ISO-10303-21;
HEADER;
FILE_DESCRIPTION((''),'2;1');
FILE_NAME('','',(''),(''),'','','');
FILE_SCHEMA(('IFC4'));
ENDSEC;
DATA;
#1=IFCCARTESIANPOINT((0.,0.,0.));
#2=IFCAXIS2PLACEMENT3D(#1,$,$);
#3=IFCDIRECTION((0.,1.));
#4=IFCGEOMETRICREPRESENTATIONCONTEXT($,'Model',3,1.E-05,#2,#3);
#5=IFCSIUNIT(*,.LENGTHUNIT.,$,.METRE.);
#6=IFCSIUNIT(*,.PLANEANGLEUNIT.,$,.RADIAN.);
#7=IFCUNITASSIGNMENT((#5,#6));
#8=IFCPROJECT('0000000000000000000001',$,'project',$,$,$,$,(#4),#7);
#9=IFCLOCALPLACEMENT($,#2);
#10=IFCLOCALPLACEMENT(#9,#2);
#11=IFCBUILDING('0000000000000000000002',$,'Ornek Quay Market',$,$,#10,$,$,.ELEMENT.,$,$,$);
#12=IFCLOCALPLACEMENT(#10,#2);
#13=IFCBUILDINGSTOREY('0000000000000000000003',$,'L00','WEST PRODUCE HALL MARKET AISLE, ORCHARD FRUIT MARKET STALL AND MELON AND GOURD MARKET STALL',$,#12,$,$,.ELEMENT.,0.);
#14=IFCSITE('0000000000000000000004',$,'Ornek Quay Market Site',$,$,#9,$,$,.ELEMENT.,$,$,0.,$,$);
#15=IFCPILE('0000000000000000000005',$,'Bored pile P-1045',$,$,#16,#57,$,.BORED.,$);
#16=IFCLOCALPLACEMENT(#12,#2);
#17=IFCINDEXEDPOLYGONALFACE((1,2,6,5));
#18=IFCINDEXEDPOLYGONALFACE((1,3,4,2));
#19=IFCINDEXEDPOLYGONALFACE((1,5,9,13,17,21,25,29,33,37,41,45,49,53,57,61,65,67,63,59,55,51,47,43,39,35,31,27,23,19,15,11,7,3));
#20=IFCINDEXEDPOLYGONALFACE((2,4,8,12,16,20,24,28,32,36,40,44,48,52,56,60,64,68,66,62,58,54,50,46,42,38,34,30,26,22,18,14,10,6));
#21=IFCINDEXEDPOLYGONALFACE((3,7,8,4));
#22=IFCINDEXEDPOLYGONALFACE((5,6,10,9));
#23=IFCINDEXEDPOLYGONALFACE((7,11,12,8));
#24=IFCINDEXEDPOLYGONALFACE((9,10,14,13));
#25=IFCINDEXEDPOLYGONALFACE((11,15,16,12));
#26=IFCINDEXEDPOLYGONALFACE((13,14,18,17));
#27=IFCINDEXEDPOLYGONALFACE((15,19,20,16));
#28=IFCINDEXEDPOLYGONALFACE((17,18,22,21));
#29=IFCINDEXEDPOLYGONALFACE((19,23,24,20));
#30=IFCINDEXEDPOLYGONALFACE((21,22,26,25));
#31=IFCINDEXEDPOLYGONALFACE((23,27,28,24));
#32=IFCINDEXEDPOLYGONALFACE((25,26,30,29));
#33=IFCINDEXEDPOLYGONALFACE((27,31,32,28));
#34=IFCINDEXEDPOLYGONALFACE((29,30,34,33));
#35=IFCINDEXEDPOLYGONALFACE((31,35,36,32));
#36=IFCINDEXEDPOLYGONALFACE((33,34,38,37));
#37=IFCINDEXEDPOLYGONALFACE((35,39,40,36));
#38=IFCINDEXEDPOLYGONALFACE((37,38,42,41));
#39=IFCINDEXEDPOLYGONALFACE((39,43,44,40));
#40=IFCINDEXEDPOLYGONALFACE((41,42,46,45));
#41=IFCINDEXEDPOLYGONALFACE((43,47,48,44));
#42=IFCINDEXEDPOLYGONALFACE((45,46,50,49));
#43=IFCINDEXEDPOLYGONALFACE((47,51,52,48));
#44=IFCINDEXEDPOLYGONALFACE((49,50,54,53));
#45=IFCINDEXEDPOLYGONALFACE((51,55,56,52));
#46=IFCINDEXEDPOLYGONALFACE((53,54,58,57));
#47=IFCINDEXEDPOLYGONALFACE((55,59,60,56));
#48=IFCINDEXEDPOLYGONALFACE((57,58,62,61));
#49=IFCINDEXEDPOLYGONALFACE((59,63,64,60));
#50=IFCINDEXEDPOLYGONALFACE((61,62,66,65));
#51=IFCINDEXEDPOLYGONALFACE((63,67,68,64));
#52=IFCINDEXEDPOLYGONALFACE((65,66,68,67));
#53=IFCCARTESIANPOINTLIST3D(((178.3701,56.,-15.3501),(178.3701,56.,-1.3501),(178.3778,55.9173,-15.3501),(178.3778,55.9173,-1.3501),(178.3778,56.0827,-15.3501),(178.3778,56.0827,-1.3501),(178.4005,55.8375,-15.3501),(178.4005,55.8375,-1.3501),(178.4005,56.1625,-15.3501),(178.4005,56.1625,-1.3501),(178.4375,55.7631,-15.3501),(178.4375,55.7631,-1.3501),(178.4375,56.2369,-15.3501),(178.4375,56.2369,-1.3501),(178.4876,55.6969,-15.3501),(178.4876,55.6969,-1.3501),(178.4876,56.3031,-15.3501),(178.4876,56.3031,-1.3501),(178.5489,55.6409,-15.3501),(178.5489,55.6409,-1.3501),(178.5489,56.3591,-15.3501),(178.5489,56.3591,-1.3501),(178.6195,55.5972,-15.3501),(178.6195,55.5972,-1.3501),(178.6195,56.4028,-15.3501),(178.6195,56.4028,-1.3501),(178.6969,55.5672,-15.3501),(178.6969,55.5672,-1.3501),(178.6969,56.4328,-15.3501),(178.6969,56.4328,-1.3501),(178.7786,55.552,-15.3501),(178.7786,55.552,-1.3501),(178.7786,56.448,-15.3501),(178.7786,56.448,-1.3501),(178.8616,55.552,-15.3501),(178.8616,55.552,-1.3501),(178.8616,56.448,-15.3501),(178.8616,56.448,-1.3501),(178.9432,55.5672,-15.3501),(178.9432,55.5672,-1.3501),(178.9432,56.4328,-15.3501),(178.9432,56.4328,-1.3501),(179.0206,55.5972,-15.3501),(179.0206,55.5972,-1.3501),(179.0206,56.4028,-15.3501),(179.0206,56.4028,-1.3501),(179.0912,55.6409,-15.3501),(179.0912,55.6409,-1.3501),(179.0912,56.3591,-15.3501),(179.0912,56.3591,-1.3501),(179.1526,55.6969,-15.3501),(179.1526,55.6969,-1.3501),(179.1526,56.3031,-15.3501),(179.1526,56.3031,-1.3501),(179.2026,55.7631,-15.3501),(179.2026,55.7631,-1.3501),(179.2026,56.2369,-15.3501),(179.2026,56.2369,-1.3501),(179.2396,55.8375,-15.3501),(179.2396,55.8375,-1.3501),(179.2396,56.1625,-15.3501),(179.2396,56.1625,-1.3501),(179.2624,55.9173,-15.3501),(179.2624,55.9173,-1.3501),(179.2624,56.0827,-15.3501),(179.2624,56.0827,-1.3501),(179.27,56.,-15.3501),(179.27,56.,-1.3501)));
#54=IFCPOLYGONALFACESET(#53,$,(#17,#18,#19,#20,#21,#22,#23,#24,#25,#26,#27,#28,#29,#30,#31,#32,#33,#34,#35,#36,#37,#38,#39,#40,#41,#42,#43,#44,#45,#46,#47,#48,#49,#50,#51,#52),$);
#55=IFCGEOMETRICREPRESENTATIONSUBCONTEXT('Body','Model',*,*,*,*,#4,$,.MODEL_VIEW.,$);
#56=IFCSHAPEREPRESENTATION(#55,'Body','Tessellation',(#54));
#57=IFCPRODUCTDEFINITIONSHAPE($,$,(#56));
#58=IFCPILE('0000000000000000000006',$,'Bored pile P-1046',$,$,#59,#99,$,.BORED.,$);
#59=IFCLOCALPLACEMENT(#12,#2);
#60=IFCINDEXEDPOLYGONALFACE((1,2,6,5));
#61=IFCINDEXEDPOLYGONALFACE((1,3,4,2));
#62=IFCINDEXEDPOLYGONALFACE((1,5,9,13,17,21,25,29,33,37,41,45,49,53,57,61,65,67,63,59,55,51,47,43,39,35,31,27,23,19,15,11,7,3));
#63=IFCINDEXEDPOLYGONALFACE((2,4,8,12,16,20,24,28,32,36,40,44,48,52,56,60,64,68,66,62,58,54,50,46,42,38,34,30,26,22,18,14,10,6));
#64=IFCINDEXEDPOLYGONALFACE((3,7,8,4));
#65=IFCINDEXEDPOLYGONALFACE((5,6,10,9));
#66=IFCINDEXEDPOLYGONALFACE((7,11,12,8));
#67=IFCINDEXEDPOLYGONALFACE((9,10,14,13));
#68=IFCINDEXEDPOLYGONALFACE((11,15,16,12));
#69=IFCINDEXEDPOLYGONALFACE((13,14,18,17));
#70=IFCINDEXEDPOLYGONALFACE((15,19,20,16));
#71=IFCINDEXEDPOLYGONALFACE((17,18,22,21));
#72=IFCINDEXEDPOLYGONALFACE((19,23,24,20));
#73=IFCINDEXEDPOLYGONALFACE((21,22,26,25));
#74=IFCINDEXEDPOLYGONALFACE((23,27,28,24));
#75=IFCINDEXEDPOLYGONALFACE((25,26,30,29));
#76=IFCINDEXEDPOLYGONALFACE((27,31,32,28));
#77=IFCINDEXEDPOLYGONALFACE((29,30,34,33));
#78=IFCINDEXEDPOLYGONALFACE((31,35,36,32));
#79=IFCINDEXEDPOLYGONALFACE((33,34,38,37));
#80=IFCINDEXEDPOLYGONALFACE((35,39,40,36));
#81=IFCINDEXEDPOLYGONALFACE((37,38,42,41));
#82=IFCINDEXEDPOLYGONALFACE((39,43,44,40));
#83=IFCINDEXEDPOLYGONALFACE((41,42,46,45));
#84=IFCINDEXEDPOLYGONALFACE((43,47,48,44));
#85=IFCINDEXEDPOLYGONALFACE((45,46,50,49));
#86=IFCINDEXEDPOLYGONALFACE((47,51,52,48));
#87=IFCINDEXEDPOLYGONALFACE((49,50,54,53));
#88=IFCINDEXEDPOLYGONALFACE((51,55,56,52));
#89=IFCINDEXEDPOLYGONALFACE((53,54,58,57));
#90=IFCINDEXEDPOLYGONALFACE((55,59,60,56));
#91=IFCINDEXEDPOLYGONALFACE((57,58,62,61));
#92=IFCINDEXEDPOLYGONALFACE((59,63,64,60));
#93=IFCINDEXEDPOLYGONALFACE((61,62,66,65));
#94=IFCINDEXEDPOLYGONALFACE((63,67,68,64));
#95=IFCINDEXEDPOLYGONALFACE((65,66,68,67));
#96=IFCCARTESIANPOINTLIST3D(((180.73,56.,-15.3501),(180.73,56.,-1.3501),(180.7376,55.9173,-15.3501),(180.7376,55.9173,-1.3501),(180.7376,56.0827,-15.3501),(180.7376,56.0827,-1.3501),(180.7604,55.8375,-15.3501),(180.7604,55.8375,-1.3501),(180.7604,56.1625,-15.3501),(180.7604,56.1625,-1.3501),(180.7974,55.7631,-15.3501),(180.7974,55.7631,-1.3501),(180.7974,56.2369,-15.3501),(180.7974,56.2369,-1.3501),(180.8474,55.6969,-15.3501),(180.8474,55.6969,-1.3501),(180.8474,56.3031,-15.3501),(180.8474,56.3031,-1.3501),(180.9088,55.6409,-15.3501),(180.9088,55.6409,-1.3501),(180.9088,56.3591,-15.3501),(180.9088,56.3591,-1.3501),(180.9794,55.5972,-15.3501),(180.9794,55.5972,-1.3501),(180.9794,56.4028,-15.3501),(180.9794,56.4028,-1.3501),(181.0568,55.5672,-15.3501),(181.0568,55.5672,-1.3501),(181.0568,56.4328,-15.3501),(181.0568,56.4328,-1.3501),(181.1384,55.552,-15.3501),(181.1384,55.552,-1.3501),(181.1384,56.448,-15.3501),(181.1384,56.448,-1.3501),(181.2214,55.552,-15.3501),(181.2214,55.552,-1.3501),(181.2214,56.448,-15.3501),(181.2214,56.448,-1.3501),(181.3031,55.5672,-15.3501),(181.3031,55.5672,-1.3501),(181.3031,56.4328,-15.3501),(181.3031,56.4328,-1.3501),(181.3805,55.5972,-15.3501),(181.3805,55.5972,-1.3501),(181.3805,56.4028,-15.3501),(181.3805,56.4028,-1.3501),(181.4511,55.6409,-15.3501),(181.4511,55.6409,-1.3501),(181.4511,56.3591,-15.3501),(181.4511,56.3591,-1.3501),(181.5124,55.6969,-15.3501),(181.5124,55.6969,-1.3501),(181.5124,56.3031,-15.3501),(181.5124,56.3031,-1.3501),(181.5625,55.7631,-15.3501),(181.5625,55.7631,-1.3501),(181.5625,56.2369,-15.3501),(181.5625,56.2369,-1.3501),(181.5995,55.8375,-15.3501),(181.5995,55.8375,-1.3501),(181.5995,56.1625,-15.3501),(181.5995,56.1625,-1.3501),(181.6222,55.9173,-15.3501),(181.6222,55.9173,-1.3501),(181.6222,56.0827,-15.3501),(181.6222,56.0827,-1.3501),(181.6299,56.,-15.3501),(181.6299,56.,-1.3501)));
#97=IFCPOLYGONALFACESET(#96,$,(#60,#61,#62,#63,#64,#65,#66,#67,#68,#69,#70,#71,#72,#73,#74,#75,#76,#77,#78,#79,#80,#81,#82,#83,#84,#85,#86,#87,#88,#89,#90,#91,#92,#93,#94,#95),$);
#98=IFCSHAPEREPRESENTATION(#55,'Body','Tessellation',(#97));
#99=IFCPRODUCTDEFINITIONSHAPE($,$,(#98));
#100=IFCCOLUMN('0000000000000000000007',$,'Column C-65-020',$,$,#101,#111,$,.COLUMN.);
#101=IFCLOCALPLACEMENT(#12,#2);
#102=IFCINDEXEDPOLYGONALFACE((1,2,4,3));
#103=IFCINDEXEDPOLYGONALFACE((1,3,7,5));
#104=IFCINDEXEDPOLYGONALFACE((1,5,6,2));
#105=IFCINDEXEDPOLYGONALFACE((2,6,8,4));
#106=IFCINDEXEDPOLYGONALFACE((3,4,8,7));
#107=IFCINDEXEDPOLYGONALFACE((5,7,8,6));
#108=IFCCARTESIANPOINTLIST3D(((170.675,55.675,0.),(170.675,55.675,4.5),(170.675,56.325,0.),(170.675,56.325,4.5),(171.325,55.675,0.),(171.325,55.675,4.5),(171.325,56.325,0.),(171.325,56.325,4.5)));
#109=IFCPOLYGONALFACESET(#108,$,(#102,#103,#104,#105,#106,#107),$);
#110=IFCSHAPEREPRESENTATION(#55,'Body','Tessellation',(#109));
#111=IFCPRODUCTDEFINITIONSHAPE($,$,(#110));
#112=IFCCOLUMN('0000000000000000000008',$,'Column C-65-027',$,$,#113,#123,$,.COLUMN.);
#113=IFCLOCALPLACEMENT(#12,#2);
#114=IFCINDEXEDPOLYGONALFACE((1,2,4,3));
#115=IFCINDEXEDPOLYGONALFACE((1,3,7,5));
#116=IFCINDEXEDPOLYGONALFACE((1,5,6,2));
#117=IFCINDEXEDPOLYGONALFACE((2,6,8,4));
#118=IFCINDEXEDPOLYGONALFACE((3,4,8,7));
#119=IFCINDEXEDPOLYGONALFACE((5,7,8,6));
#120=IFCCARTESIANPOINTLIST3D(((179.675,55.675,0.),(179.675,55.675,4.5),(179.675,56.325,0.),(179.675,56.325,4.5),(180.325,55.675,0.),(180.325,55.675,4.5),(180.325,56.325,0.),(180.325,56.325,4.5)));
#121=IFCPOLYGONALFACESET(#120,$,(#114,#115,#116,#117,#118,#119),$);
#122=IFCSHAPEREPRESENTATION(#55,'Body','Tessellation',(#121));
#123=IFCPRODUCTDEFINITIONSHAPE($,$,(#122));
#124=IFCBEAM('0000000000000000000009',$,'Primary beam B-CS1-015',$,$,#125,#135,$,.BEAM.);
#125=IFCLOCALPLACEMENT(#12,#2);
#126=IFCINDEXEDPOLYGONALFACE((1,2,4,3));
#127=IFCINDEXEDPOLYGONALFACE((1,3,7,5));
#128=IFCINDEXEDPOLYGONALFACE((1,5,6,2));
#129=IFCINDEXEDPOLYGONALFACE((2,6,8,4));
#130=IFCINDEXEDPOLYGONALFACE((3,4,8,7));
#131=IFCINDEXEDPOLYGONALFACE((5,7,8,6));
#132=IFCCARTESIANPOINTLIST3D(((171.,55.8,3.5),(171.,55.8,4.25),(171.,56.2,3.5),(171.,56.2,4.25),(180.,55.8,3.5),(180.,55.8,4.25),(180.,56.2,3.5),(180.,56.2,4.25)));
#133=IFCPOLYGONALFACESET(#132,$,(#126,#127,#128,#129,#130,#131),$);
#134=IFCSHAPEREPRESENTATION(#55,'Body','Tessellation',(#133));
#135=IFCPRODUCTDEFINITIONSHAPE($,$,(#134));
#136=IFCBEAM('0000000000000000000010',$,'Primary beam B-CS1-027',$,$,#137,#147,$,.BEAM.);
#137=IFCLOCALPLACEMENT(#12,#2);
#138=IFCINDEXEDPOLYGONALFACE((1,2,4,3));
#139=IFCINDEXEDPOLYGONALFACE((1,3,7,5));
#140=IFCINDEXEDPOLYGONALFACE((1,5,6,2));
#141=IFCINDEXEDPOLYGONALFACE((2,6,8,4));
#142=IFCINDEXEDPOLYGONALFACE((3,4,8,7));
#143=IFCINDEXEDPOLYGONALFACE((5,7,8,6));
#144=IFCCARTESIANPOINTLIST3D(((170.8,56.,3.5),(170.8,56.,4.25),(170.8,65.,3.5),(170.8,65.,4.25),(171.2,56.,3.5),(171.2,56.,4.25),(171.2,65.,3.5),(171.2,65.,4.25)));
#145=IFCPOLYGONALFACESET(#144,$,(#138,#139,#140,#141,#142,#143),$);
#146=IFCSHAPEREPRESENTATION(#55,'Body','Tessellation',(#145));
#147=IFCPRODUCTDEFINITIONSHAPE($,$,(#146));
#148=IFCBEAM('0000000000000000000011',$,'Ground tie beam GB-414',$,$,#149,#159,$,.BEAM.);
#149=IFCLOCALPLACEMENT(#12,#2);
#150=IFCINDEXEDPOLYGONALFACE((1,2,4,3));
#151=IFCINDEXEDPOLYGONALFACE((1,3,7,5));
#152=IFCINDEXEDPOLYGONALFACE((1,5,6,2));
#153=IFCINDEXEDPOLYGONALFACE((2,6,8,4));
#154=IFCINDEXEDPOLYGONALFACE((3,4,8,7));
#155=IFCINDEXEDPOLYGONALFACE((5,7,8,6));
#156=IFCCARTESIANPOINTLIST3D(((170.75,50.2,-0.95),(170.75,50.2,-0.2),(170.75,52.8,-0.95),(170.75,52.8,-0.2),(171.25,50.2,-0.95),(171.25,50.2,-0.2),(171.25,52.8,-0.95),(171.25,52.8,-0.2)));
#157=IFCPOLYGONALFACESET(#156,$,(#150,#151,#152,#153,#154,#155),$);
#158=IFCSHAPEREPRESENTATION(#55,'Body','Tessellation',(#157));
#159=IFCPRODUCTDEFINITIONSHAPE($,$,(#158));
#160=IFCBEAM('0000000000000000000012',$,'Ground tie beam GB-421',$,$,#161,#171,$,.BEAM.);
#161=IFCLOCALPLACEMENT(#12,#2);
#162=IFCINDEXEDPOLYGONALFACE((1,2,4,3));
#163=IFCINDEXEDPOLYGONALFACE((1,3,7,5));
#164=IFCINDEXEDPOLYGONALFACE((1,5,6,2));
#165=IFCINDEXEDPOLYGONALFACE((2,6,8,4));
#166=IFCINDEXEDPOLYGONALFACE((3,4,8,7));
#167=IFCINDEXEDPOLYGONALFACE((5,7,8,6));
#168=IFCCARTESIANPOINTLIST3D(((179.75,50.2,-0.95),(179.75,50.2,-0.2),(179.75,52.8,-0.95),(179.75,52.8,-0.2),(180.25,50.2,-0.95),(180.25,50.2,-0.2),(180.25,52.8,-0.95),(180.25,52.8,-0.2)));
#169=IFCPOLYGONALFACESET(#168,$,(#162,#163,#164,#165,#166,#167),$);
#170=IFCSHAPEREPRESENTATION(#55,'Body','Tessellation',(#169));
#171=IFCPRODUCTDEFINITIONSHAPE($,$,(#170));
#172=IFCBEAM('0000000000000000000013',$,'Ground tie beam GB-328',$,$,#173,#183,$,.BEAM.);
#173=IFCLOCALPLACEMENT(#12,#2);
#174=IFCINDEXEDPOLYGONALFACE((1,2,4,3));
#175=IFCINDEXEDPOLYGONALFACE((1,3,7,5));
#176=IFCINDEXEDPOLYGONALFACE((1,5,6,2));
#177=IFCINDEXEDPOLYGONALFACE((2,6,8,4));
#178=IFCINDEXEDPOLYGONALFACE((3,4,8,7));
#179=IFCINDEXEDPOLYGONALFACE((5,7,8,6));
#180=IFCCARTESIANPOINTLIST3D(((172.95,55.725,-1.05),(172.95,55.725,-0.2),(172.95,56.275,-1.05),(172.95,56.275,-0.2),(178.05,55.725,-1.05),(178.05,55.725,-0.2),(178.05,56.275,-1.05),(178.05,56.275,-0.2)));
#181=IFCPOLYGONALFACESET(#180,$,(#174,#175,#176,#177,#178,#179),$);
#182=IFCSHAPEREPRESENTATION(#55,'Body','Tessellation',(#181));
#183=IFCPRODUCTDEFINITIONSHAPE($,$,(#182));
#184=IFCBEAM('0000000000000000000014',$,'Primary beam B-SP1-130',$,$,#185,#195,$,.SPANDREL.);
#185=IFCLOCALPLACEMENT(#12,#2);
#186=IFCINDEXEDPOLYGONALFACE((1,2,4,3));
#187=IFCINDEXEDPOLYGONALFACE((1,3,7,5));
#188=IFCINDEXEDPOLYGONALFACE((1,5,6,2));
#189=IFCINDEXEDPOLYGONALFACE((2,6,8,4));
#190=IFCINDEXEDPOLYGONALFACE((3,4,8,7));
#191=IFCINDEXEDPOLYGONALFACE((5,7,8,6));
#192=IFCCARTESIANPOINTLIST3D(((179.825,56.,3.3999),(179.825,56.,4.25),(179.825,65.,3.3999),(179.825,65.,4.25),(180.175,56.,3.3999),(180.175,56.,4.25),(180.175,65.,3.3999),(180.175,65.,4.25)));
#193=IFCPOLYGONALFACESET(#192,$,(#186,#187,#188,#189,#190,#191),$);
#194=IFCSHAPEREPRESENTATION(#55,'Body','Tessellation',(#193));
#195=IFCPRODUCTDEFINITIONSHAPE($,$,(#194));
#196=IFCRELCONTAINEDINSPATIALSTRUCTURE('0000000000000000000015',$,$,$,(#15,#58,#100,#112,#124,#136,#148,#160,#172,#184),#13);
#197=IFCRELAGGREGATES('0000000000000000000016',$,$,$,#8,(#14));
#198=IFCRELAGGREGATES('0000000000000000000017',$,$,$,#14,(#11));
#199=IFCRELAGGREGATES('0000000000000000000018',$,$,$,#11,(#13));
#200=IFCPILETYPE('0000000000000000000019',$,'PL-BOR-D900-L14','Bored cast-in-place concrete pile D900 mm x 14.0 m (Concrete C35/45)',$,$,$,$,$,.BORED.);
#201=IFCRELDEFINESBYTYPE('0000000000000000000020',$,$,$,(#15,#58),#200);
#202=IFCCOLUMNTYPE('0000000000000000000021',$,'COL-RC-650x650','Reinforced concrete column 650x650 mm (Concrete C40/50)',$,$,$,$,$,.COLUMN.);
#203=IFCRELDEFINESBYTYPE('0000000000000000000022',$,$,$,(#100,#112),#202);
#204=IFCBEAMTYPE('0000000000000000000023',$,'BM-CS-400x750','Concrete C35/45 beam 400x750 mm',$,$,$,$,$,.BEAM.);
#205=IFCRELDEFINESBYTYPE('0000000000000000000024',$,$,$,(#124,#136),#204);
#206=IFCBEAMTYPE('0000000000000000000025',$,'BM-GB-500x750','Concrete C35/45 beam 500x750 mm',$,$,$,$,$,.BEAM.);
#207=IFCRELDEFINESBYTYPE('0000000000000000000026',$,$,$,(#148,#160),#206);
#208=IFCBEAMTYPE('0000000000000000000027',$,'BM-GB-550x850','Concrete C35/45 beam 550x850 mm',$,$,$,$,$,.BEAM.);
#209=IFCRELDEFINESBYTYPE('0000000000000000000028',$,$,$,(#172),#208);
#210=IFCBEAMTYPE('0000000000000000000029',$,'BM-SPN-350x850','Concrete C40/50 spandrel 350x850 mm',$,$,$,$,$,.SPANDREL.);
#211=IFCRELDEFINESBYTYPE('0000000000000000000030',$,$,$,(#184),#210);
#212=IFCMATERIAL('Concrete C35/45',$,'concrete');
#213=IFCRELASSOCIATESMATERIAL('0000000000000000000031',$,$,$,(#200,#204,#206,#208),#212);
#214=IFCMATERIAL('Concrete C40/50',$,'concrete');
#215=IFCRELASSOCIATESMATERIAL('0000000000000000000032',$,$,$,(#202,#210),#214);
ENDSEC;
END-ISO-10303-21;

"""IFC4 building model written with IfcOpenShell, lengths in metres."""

from ifc_helpers import new_model, si_unit, direction, frame, origin, origin_2d, place, context, subcontext, project, spatial, rectangle, circle, extrude, material, material_profile, profile_set, type_object, element, save


model = new_model("IFC4")

# Units and contexts
model_context = context("Model", 3, precision=1e-05, world=origin(), true_north=direction((0.0, 1.0)))
body_context = subcontext(model_context, "Body", "Model", "MODEL_VIEW")
ifc_project = project(units=[si_unit("LENGTHUNIT", "METRE"), si_unit("PLANEANGLEUNIT", "RADIAN")], contexts=[model_context])

# Site, building, storey
site_placement = place(None, origin())
site = spatial("IfcSite", under=ifc_project, at=site_placement, Name="Ornek Quay Market Site", CompositionType="ELEMENT", RefElevation=0.0)
building_placement = place(site_placement, origin())
building = spatial("IfcBuilding", under=site, at=building_placement, Name="Ornek Quay Market", CompositionType="ELEMENT")
storey_placement = place(building_placement, origin())
storey = spatial("IfcBuildingStorey", under=building, at=storey_placement, Name="L00", Description="WEST PRODUCE HALL MARKET AISLE, ORCHARD FRUIT MARKET STALL AND MELON AND GOURD MARKET STALL", CompositionType="ELEMENT", Elevation=0.0)

# Piles
ifc_material_1 = material(Name="Concrete C35/45", Category="concrete")
ifc_material_profile_1 = material_profile(ifc_material_1, circle(Radius=0.45, at=origin_2d()), Name="PILE D900", Category="concrete")
ifc_profile_set_1 = profile_set([ifc_material_profile_1], Name="Concrete C35/45")
pile_type = type_object("IfcPileType", Name="PL-BOR-D900-L14", Description="Bored cast-in-place concrete pile D900 mm x 14.0 m (Concrete C35/45)", PredefinedType="BORED", material=ifc_profile_set_1)
for number, where, z_axis, x_axis, name in (
    (1, (178.8201, 56.0, -1.3501), (0.0, 0.0, -1.0), (1.0, 0.0, 0.0), "Bored pile P-1045"),
    (2, (181.1799, 56.0, -1.3501), (0.0, 0.0, -1.0), (1.0, 0.0, 0.0), "Bored pile P-1046"),
):
    element("IfcPile", number, at=place(storey_placement, frame(where, z_axis=z_axis, x_axis=x_axis)), inside=storey, type_object=pile_type, Name=name, PredefinedType="BORED", context=body_context, shape_type="SweptSolid", body=[
        extrude(circle(Radius=0.45, at=origin_2d()), origin(), (0.0, 0.0, 1.0), 14.0),
    ])

# Columns
ifc_material_2 = material(Name="Concrete C40/50", Category="concrete")
ifc_material_profile_2 = material_profile(ifc_material_2, rectangle(XDim=0.6499, YDim=0.6499, at=origin_2d()), Name="RC 650x650", Category="concrete")
ifc_profile_set_2 = profile_set([ifc_material_profile_2], Name="Concrete C40/50")
column_type = type_object("IfcColumnType", Name="COL-RC-650x650", Description="Reinforced concrete column 650x650 mm (Concrete C40/50)", PredefinedType="COLUMN", material=ifc_profile_set_2)
for number, where, z_axis, x_axis, name in (
    (3, (171.0, 56.0, 0.0), (0.0, 0.0, 1.0), (1.0, 0.0, 0.0), "Column C-65-020"),
    (4, (180.0, 56.0, 0.0), (0.0, 0.0, 1.0), (1.0, 0.0, 0.0), "Column C-65-027"),
):
    element("IfcColumn", number, at=place(storey_placement, frame(where, z_axis=z_axis, x_axis=x_axis)), inside=storey, type_object=column_type, Name=name, PredefinedType="COLUMN", context=body_context, shape_type="SweptSolid", body=[
        extrude(rectangle(XDim=0.6499, YDim=0.6499, at=origin_2d()), origin(), (0.0, 0.0, 1.0), 4.5),
    ])

# Beams
ifc_material_profile_3 = material_profile(ifc_material_1, rectangle(XDim=0.3999, YDim=0.75, at=origin_2d()), Name="RC 400x750", Category="concrete")
ifc_profile_set_3 = profile_set([ifc_material_profile_3], Name="Concrete C35/45")
beam_type_1 = type_object("IfcBeamType", Name="BM-CS-400x750", Description="Concrete C35/45 beam 400x750 mm", PredefinedType="BEAM", material=ifc_profile_set_3)
for number, where, z_axis, x_axis, name in (
    (5, (171.0, 56.0, 3.875), (1.0, 0.0, 0.0), (0.0, 1.0, 0.0), "Primary beam B-CS1-015"),
    (6, (171.0, 56.0, 3.875), (0.0, 1.0, 0.0), (-1.0, 0.0, 0.0), "Primary beam B-CS1-027"),
):
    element("IfcBeam", number, at=place(storey_placement, frame(where, z_axis=z_axis, x_axis=x_axis)), inside=storey, type_object=beam_type_1, Name=name, PredefinedType="BEAM", context=body_context, shape_type="SweptSolid", body=[
        extrude(rectangle(XDim=0.3999, YDim=0.75, at=origin_2d()), origin(), (0.0, 0.0, 1.0), 9.0),
    ])
ifc_material_profile_4 = material_profile(ifc_material_1, rectangle(XDim=0.5, YDim=0.75, at=origin_2d()), Name="RC 500x750", Category="concrete")
ifc_profile_set_4 = profile_set([ifc_material_profile_4], Name="Concrete C35/45")
beam_type_2 = type_object("IfcBeamType", Name="BM-GB-500x750", Description="Concrete C35/45 beam 500x750 mm", PredefinedType="BEAM", material=ifc_profile_set_4)
for number, where, z_axis, x_axis, name in (
    (7, (171.0, 50.2, -0.575), (0.0, 1.0, 0.0), (-1.0, 0.0, 0.0), "Ground tie beam GB-414"),
    (8, (180.0, 50.2, -0.575), (0.0, 1.0, 0.0), (-1.0, 0.0, 0.0), "Ground tie beam GB-421"),
):
    element("IfcBeam", number, at=place(storey_placement, frame(where, z_axis=z_axis, x_axis=x_axis)), inside=storey, type_object=beam_type_2, Name=name, PredefinedType="BEAM", context=body_context, shape_type="SweptSolid", body=[
        extrude(rectangle(XDim=0.5, YDim=0.75, at=origin_2d()), origin(), (0.0, 0.0, 1.0), 2.6001),
    ])
ifc_material_profile_5 = material_profile(ifc_material_1, rectangle(XDim=0.55, YDim=0.8501, at=origin_2d()), Name="RC 550x850", Category="concrete")
ifc_profile_set_5 = profile_set([ifc_material_profile_5], Name="Concrete C35/45")
beam_type_3 = type_object("IfcBeamType", Name="BM-GB-550x850", Description="Concrete C35/45 beam 550x850 mm", PredefinedType="BEAM", material=ifc_profile_set_5)
beam_1_placement = place(storey_placement, frame((172.95, 56.0, -0.625), z_axis=(1.0, 0.0, 0.0), x_axis=(0.0, 1.0, 0.0)))
element("IfcBeam", 9, at=beam_1_placement, inside=storey, type_object=beam_type_3, Name="Ground tie beam GB-328", PredefinedType="BEAM", context=body_context, shape_type="SweptSolid", body=[
    extrude(rectangle(XDim=0.55, YDim=0.8501, at=origin_2d()), origin(), (0.0, 0.0, 1.0), 5.1001),
])
ifc_material_profile_6 = material_profile(ifc_material_2, rectangle(XDim=0.3501, YDim=0.8501, at=origin_2d()), Name="RC 350x850", Category="concrete")
ifc_profile_set_6 = profile_set([ifc_material_profile_6], Name="Concrete C40/50")
beam_type_4 = type_object("IfcBeamType", Name="BM-SPN-350x850", Description="Concrete C40/50 spandrel 350x850 mm", PredefinedType="SPANDREL", material=ifc_profile_set_6)
beam_2_placement = place(storey_placement, frame((180.0, 56.0, 3.825), z_axis=(0.0, 1.0, 0.0), x_axis=(-1.0, 0.0, 0.0)))
element("IfcBeam", 10, at=beam_2_placement, inside=storey, type_object=beam_type_4, Name="Primary beam B-SP1-130", PredefinedType="SPANDREL", context=body_context, shape_type="SweptSolid", body=[
    extrude(rectangle(XDim=0.3501, YDim=0.8501, at=origin_2d()), origin(), (0.0, 0.0, 1.0), 9.0),
])

save(model, "model.ifc")
